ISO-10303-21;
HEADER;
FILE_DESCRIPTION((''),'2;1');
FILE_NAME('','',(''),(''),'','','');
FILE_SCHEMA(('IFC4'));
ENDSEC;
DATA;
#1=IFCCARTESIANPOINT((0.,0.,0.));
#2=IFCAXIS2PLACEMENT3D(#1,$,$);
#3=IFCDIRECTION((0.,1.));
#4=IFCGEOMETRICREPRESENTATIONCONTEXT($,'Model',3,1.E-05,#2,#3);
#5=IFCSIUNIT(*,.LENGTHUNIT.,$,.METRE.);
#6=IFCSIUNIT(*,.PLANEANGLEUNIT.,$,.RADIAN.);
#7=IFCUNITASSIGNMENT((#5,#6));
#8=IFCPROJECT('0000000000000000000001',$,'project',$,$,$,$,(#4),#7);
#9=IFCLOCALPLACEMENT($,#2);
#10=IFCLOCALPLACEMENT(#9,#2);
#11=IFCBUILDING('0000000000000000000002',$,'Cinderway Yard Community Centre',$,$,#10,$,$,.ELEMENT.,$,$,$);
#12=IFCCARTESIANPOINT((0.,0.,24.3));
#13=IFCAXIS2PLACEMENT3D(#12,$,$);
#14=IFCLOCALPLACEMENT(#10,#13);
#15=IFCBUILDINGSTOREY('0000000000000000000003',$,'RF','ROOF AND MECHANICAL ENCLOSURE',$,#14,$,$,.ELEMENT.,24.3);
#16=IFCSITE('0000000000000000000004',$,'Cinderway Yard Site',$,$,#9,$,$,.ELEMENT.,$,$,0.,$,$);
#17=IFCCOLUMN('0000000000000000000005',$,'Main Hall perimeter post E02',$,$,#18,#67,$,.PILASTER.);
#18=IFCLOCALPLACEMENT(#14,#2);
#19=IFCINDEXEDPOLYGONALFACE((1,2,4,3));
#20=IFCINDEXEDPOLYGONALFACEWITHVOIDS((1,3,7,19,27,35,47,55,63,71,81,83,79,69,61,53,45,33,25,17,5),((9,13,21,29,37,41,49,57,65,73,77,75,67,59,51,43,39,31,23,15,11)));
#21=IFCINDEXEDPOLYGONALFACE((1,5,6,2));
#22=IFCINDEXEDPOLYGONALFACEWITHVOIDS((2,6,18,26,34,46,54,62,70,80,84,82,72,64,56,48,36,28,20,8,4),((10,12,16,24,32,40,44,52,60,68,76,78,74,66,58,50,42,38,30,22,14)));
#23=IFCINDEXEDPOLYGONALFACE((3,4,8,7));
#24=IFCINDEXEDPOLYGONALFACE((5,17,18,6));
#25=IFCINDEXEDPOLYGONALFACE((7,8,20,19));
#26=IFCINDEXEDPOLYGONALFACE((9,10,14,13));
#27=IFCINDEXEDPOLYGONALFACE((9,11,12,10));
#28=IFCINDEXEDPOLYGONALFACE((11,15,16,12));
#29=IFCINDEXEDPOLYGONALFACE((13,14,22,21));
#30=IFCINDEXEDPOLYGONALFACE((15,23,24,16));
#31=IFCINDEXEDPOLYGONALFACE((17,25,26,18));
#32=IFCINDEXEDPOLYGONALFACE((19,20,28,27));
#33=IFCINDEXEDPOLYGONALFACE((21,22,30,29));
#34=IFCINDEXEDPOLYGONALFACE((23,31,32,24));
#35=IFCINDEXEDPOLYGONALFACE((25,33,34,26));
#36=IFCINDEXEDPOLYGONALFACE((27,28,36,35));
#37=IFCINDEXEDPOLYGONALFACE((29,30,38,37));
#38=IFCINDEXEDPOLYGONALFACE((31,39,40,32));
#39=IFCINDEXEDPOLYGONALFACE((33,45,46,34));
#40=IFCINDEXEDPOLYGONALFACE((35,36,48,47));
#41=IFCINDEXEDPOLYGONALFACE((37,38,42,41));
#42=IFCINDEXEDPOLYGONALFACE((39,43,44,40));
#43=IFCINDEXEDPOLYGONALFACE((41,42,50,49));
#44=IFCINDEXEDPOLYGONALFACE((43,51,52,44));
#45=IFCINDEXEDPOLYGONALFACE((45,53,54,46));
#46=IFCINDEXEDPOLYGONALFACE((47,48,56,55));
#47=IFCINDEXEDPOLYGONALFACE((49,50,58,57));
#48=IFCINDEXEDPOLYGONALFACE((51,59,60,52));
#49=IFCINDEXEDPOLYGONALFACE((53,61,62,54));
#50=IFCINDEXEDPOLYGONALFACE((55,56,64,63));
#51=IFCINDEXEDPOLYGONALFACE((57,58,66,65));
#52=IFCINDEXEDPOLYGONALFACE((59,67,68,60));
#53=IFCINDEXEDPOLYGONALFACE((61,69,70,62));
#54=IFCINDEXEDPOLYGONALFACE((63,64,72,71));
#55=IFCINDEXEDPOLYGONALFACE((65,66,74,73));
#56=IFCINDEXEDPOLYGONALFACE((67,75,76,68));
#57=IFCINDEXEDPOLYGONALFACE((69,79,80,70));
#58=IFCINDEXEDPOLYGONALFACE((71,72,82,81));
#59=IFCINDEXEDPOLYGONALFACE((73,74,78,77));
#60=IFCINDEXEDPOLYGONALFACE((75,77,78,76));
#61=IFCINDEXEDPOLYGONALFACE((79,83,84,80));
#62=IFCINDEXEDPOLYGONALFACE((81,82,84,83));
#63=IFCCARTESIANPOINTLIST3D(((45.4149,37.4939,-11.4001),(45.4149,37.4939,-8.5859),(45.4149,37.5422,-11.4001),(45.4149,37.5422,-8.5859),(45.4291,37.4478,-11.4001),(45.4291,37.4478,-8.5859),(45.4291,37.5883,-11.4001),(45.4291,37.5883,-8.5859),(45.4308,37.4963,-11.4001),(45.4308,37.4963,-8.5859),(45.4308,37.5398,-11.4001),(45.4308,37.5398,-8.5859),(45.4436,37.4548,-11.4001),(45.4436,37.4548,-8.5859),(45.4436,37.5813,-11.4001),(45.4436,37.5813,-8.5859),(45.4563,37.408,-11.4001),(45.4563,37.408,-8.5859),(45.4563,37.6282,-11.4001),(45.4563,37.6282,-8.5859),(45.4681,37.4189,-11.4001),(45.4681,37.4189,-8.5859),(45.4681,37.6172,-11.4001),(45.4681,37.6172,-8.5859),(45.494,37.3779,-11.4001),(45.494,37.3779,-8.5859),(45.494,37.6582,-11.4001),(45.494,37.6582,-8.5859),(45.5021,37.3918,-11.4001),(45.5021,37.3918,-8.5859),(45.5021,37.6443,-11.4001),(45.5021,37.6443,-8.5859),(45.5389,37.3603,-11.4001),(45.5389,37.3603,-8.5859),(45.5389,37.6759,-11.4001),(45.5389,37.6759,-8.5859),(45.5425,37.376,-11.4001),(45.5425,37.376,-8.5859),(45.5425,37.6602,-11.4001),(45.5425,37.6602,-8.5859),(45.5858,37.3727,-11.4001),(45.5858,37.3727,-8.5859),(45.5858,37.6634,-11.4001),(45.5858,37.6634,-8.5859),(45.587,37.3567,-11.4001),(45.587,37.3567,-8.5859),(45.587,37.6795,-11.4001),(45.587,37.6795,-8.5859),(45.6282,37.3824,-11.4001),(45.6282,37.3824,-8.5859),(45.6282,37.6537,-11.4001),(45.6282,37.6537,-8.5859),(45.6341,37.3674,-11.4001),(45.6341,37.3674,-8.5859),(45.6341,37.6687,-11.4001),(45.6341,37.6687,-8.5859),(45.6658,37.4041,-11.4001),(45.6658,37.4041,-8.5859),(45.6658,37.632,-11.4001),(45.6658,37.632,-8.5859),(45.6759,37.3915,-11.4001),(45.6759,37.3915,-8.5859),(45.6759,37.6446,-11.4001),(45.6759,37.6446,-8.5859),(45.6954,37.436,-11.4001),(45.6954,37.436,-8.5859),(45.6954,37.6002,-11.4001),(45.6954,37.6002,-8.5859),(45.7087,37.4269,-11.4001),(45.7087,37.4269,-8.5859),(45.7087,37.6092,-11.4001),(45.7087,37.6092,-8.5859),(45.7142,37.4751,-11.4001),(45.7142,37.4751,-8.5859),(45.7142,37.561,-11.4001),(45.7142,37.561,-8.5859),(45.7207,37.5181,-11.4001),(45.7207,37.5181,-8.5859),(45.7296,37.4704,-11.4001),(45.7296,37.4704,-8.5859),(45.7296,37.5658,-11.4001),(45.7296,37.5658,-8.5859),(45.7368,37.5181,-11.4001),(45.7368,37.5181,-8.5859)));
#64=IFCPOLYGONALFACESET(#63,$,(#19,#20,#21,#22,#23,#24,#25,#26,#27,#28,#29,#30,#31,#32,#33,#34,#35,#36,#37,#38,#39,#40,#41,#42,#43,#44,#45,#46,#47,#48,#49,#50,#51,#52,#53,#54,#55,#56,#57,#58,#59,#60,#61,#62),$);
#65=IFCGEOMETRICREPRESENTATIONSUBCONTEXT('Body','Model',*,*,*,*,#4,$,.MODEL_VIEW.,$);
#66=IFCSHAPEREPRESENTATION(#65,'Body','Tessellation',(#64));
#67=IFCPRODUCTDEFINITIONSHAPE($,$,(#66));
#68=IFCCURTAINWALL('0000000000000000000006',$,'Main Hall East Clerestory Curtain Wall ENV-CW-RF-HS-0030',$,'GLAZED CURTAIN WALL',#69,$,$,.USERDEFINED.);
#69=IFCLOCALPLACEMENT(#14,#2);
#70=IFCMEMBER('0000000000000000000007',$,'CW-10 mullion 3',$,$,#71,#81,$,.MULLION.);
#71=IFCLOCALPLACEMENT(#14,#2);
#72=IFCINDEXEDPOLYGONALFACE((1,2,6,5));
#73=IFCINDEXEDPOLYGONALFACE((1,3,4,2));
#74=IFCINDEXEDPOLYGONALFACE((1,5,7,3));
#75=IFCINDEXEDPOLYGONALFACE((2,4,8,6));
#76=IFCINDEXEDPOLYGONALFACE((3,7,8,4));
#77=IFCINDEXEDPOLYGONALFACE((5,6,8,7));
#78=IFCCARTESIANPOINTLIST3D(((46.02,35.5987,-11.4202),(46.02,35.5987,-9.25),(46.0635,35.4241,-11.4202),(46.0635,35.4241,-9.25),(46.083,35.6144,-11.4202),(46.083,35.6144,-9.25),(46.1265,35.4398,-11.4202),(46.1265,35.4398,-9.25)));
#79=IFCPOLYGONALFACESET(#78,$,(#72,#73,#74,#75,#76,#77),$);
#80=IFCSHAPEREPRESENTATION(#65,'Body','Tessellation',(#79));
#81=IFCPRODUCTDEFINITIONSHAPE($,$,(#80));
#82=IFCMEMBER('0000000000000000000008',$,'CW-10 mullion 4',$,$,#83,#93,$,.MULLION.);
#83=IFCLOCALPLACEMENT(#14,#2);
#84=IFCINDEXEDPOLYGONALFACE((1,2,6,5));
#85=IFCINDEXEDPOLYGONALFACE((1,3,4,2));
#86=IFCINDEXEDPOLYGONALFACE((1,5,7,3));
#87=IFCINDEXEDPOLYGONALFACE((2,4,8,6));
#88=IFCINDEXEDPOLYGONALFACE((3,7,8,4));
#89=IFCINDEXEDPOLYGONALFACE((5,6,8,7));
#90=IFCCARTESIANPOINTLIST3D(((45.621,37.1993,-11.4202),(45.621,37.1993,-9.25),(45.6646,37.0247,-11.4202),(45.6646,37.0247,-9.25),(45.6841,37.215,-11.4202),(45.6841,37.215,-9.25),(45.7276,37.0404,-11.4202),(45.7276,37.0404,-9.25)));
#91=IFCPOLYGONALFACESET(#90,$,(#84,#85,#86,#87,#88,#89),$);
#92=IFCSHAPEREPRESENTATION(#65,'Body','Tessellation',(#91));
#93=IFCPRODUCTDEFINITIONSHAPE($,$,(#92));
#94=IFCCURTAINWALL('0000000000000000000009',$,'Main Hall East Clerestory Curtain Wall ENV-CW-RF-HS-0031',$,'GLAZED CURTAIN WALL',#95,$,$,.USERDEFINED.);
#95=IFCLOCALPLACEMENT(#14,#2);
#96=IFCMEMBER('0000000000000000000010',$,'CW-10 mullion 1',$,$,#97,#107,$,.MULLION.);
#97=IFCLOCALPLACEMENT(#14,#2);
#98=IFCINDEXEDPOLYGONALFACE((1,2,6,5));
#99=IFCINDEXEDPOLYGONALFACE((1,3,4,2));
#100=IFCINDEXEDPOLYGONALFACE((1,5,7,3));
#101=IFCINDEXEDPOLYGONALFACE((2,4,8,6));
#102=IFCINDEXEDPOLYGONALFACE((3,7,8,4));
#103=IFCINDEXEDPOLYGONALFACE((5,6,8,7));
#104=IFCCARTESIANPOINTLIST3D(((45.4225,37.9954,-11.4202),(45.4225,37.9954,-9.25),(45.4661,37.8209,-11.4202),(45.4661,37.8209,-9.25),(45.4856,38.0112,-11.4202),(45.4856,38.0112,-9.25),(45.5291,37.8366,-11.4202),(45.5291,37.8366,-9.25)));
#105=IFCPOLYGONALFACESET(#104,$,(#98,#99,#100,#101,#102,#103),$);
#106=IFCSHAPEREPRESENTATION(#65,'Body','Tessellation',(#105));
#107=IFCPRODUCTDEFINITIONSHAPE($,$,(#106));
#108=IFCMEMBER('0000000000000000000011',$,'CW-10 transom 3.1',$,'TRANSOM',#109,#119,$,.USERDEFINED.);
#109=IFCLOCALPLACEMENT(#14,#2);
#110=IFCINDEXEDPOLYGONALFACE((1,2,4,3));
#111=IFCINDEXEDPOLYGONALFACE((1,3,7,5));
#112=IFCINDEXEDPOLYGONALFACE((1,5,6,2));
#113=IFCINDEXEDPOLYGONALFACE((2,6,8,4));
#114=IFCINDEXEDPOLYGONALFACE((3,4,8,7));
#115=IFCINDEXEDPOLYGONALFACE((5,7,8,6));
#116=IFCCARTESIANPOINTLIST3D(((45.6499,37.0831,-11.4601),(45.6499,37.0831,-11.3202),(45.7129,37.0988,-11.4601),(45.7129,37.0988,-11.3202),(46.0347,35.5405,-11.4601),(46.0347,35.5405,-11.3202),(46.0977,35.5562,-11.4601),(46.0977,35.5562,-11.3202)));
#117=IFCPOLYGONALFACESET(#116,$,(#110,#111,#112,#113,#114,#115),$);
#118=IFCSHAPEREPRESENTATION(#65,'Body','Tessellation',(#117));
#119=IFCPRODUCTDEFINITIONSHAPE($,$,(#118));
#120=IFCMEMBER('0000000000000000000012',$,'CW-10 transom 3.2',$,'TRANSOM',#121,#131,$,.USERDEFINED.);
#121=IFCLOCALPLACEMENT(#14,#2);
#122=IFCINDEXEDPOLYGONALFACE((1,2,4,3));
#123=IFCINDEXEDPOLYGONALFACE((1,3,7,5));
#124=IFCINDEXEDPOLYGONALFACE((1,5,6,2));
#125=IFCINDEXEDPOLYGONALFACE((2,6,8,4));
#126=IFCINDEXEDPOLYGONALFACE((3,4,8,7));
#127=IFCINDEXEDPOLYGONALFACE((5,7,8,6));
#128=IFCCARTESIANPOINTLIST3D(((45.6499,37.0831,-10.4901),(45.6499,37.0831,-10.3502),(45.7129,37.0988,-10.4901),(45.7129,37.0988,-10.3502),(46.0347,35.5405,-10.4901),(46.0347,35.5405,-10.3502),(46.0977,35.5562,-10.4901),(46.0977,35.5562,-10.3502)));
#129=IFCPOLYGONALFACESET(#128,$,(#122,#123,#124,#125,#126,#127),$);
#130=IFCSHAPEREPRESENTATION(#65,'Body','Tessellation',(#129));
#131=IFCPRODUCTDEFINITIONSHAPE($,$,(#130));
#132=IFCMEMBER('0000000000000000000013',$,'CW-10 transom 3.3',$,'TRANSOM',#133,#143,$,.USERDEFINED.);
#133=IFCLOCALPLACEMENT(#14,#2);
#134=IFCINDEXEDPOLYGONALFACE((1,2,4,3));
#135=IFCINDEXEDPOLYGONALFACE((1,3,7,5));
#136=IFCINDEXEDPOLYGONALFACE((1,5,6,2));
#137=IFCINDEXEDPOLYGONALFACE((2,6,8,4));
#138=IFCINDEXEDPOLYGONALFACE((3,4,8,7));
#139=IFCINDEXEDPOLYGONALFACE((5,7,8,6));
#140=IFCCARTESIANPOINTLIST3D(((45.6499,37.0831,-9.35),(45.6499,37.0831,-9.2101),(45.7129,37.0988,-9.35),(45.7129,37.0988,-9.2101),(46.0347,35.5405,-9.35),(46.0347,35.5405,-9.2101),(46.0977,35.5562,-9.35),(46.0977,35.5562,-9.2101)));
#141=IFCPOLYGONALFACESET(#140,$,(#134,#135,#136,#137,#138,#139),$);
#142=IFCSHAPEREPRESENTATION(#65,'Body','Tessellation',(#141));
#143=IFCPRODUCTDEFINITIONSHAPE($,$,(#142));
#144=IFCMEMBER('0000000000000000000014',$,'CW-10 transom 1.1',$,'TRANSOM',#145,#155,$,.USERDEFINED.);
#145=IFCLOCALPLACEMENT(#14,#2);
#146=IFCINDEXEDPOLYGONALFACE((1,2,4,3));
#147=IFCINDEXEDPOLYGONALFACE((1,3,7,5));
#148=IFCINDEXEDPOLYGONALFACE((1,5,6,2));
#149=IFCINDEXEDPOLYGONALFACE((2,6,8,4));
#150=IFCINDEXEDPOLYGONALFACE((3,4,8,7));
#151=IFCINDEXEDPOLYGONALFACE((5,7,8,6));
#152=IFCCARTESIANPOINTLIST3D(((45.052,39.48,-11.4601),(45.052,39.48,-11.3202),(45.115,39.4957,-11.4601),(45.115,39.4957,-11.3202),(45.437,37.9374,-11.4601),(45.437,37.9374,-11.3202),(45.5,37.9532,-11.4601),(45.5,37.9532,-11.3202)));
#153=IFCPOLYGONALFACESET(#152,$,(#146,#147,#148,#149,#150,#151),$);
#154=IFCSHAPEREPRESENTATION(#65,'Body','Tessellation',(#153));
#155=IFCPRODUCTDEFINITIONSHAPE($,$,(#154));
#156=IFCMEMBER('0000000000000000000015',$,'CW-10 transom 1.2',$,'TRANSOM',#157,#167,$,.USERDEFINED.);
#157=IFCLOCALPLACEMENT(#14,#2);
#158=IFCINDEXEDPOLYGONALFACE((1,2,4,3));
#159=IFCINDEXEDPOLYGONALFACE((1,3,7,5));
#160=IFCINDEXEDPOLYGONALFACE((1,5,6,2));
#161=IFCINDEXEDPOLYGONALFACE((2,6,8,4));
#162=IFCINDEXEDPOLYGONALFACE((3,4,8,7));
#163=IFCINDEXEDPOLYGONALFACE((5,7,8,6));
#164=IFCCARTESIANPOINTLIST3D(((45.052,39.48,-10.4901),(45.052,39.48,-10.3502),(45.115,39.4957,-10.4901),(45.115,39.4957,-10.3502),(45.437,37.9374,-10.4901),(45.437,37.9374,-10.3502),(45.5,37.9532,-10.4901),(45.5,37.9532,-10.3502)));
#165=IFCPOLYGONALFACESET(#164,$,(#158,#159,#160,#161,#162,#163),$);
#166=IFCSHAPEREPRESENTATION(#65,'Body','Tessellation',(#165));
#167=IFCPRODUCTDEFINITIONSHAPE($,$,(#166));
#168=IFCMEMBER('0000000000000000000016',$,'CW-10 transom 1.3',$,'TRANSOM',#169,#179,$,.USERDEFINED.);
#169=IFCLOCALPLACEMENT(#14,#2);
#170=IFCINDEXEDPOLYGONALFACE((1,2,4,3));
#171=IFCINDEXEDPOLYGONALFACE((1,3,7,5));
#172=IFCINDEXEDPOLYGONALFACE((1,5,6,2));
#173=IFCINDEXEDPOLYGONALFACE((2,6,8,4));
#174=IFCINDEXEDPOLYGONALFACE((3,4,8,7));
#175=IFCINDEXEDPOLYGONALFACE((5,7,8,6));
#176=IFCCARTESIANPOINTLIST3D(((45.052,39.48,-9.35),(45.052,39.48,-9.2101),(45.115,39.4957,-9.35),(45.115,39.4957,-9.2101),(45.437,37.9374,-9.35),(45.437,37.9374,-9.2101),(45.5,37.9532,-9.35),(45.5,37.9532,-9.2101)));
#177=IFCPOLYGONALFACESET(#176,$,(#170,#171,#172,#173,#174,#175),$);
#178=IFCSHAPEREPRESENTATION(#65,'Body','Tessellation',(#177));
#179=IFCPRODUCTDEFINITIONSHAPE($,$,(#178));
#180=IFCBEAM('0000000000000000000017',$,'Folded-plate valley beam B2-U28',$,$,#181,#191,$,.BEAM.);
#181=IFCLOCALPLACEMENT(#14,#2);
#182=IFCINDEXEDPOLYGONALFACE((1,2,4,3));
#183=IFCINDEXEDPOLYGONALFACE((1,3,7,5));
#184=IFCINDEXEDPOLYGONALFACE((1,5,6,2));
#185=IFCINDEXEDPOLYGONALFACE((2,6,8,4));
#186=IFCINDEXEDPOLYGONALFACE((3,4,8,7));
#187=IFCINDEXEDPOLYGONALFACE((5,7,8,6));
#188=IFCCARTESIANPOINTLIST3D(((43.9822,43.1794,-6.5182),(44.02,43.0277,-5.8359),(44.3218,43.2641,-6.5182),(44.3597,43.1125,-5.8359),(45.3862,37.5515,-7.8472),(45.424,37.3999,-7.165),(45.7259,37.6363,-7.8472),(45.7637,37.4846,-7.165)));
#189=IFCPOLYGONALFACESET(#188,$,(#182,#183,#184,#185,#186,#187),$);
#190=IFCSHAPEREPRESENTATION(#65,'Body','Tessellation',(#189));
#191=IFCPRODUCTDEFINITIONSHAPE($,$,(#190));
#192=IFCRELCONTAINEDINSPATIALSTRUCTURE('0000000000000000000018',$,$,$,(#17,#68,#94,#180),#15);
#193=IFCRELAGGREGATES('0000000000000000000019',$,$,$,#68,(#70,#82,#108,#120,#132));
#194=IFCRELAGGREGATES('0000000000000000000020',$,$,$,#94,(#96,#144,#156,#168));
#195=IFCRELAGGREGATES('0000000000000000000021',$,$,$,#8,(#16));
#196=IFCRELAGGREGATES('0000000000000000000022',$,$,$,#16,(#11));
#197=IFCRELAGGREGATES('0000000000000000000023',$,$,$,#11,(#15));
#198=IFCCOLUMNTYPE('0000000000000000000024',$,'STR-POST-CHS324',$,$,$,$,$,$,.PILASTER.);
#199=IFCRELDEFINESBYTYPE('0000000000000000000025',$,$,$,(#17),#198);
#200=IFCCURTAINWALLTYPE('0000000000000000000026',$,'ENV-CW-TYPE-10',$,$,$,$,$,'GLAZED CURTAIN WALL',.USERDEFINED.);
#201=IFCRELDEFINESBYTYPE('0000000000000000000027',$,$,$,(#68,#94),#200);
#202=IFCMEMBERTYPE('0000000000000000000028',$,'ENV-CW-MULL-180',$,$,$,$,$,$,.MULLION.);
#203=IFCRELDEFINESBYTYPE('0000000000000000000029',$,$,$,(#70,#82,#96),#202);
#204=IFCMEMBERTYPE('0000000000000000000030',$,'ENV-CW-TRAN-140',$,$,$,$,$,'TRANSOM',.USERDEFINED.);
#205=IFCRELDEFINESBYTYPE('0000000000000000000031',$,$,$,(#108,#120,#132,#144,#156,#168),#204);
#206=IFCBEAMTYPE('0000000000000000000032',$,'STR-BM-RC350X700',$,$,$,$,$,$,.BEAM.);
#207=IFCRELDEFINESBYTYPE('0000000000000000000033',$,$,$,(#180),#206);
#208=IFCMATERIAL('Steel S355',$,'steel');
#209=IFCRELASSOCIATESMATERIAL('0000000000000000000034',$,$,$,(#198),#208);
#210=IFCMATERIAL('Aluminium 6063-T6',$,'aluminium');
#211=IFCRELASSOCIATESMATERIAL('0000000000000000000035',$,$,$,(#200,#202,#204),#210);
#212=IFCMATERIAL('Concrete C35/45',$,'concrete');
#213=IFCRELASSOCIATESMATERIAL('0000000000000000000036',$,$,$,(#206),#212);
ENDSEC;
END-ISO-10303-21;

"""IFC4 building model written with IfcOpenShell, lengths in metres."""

from ifc_helpers import new_model, si_unit, direction, frame, origin, origin_2d, place, context, subcontext, project, spatial, rectangle, hollow_circle, extrude, material, material_profile, profile_set, type_object, element, aggregate, save


model = new_model("IFC4")

# Units and contexts
model_context = context("Model", 3, precision=1e-05, world=origin(), true_north=direction((0.0, 1.0)))
body_context = subcontext(model_context, "Body", "Model", "MODEL_VIEW")
ifc_project = project(units=[si_unit("LENGTHUNIT", "METRE"), si_unit("PLANEANGLEUNIT", "RADIAN")], contexts=[model_context])

# Site, building, storey
site_placement = place(None, origin())
site = spatial("IfcSite", under=ifc_project, at=site_placement, Name="Cinderway Yard Site", CompositionType="ELEMENT", RefElevation=0.0)
building_placement = place(site_placement, origin())
building = spatial("IfcBuilding", under=site, at=building_placement, Name="Cinderway Yard Community Centre", CompositionType="ELEMENT")
storey_placement = place(building_placement, frame((0.0, 0.0, 24.3)))
storey = spatial("IfcBuildingStorey", under=building, at=storey_placement, Name="RF", Description="ROOF AND MECHANICAL ENCLOSURE", CompositionType="ELEMENT", Elevation=24.3)

# Column
ifc_material_1 = material(Name="Steel S355", Category="steel")
ifc_material_profile_1 = material_profile(ifc_material_1, hollow_circle(Radius=0.1619, WallThickness=0.0161, at=origin_2d()), Name="Steel S355")
ifc_profile_set_1 = profile_set([ifc_material_profile_1], Name="Steel S355")
column_type = type_object("IfcColumnType", Name="STR-POST-CHS324", PredefinedType="PILASTER", material=ifc_profile_set_1)
column_placement = place(storey_placement, frame((45.575, 37.5181, -11.4001), z_axis=(0.0, 0.0, 1.0), x_axis=(1.0, 0.0, 0.0)))
element("IfcColumn", 1, at=column_placement, inside=storey, type_object=column_type, Name="Main Hall perimeter post E02", PredefinedType="PILASTER", context=body_context, shape_type="SweptSolid", body=[
    extrude(hollow_circle(Radius=0.1619, WallThickness=0.0161, at=origin_2d()), origin(), (0.0, 0.0, 1.0), 2.8142),
])

# Curtain wall, members
ifc_material_2 = material(Name="Aluminium 6063-T6", Category="aluminium")
curtain_wall_type = type_object("IfcCurtainWallType", Name="ENV-CW-TYPE-10", ElementType="GLAZED CURTAIN WALL", PredefinedType="USERDEFINED", material=ifc_material_2)
curtain_wall_1_placement = place(storey_placement, origin())
curtain_wall_1 = element("IfcCurtainWall", 2, at=curtain_wall_1_placement, inside=storey, type_object=curtain_wall_type, Name="Main Hall East Clerestory Curtain Wall ENV-CW-RF-HS-0030", ObjectType="GLAZED CURTAIN WALL", PredefinedType="USERDEFINED")
ifc_material_profile_2 = material_profile(ifc_material_2, rectangle(XDim=0.0649, YDim=0.1799, at=origin_2d()), Name="Aluminium 6063-T6")
ifc_profile_set_2 = profile_set([ifc_material_profile_2], Name="Aluminium 6063-T6")
member_type_1 = type_object("IfcMemberType", Name="ENV-CW-MULL-180", PredefinedType="MULLION", material=ifc_profile_set_2)
member_1_placement = place(storey_placement, frame((46.0732, 35.5193, -11.4202), z_axis=(0.0, 0.0, 1.0), x_axis=(-0.970294, -0.241929, 0.0)))
member_1 = element("IfcMember", 3, at=member_1_placement, type_object=member_type_1, Name="CW-10 mullion 3", PredefinedType="MULLION", context=body_context, shape_type="SweptSolid", body=[
    extrude(rectangle(XDim=0.0649, YDim=0.1799, at=origin_2d()), origin(), (0.0, 0.0, 1.0), 2.1702),
])
member_2_placement = place(storey_placement, frame((45.6743, 37.1199, -11.4202), z_axis=(0.0, 0.0, 1.0), x_axis=(-0.970294, -0.241929, 0.0)))
member_2 = element("IfcMember", 4, at=member_2_placement, type_object=member_type_1, Name="CW-10 mullion 4", PredefinedType="MULLION", context=body_context, shape_type="SweptSolid", body=[
    extrude(rectangle(XDim=0.0649, YDim=0.1799, at=origin_2d()), origin(), (0.0, 0.0, 1.0), 2.1702),
])

# Curtain wall, member
curtain_wall_2_placement = place(storey_placement, origin())
curtain_wall_2 = element("IfcCurtainWall", 5, at=curtain_wall_2_placement, inside=storey, type_object=curtain_wall_type, Name="Main Hall East Clerestory Curtain Wall ENV-CW-RF-HS-0031", ObjectType="GLAZED CURTAIN WALL", PredefinedType="USERDEFINED")
member_3_placement = place(storey_placement, frame((45.4758, 37.916, -11.4202), z_axis=(0.0, 0.0, 1.0), x_axis=(-0.970259, -0.242069, 0.0)))
member_3 = element("IfcMember", 6, at=member_3_placement, type_object=member_type_1, Name="CW-10 mullion 1", PredefinedType="MULLION", context=body_context, shape_type="SweptSolid", body=[
    extrude(rectangle(XDim=0.0649, YDim=0.1799, at=origin_2d()), origin(), (0.0, 0.0, 1.0), 2.1702),
])

# Members
ifc_material_profile_3 = material_profile(ifc_material_2, rectangle(XDim=0.0649, YDim=0.1399, at=origin_2d()), Name="Aluminium 6063-T6")
ifc_profile_set_3 = profile_set([ifc_material_profile_3], Name="Aluminium 6063-T6")
member_type_2 = type_object("IfcMemberType", Name="ENV-CW-TRAN-140", ElementType="TRANSOM", PredefinedType="USERDEFINED", material=ifc_profile_set_3)
member_4_placement = place(storey_placement, frame((46.0662, 35.5483, -11.3901), z_axis=(-0.24203, 0.970269, 0.0), x_axis=(-0.970269, -0.24203, 0.0)))
member_4 = element("IfcMember", 7, at=member_4_placement, type_object=member_type_2, Name="CW-10 transom 3.1", ObjectType="TRANSOM", PredefinedType="USERDEFINED", context=body_context, shape_type="SweptSolid", body=[
    extrude(rectangle(XDim=0.0649, YDim=0.1399, at=origin_2d()), origin(), (0.0, 0.0, 1.0), 1.5898),
])
member_5_placement = place(storey_placement, frame((46.0662, 35.5483, -10.4202), z_axis=(-0.24203, 0.970269, 0.0), x_axis=(-0.970269, -0.24203, 0.0)))
member_5 = element("IfcMember", 8, at=member_5_placement, type_object=member_type_2, Name="CW-10 transom 3.2", ObjectType="TRANSOM", PredefinedType="USERDEFINED", context=body_context, shape_type="SweptSolid", body=[
    extrude(rectangle(XDim=0.0649, YDim=0.1399, at=origin_2d()), origin(), (0.0, 0.0, 1.0), 1.5898),
])
member_6_placement = place(storey_placement, frame((46.0662, 35.5483, -9.28), z_axis=(-0.24203, 0.970269, 0.0), x_axis=(-0.970269, -0.24203, 0.0)))
member_6 = element("IfcMember", 9, at=member_6_placement, type_object=member_type_2, Name="CW-10 transom 3.3", ObjectType="TRANSOM", PredefinedType="USERDEFINED", context=body_context, shape_type="SweptSolid", body=[
    extrude(rectangle(XDim=0.0649, YDim=0.1399, at=origin_2d()), origin(), (0.0, 0.0, 1.0), 1.5898),
])
member_7_placement = place(storey_placement, frame((45.4685, 37.9453, -11.3901), z_axis=(-0.242174, 0.970233, 0.0), x_axis=(-0.970233, -0.242174, 0.0)))
member_7 = element("IfcMember", 10, at=member_7_placement, type_object=member_type_2, Name="CW-10 transom 1.1", ObjectType="TRANSOM", PredefinedType="USERDEFINED", context=body_context, shape_type="SweptSolid", body=[
    extrude(rectangle(XDim=0.0649, YDim=0.1399, at=origin_2d()), origin(), (0.0, 0.0, 1.0), 1.5898),
])
member_8_placement = place(storey_placement, frame((45.4685, 37.9453, -10.4202), z_axis=(-0.242174, 0.970233, 0.0), x_axis=(-0.970233, -0.242174, 0.0)))
member_8 = element("IfcMember", 11, at=member_8_placement, type_object=member_type_2, Name="CW-10 transom 1.2", ObjectType="TRANSOM", PredefinedType="USERDEFINED", context=body_context, shape_type="SweptSolid", body=[
    extrude(rectangle(XDim=0.0649, YDim=0.1399, at=origin_2d()), origin(), (0.0, 0.0, 1.0), 1.5898),
])
member_9_placement = place(storey_placement, frame((45.4685, 37.9453, -9.28), z_axis=(-0.242174, 0.970233, 0.0), x_axis=(-0.970233, -0.242174, 0.0)))
member_9 = element("IfcMember", 12, at=member_9_placement, type_object=member_type_2, Name="CW-10 transom 1.3", ObjectType="TRANSOM", PredefinedType="USERDEFINED", context=body_context, shape_type="SweptSolid", body=[
    extrude(rectangle(XDim=0.0649, YDim=0.1399, at=origin_2d()), origin(), (0.0, 0.0, 1.0), 1.5898),
])

# Beam
ifc_material_3 = material(Name="Concrete C35/45", Category="concrete")
ifc_material_profile_4 = material_profile(ifc_material_3, rectangle(XDim=0.3501, YDim=0.7, at=origin_2d()), Name="Concrete C35/45")
ifc_profile_set_4 = profile_set([ifc_material_profile_4], Name="Concrete C35/45")
beam_type_1 = type_object("IfcBeamType", Name="STR-BM-RC350X700", PredefinedType="BEAM", material=ifc_profile_set_4)
beam_1_placement = place(storey_placement, frame((45.575, 37.5181, -7.5061), z_axis=(-0.235945, 0.945751, 0.22335), x_axis=(-0.970261, -0.24206, 0.0)))
element("IfcBeam", 13, at=beam_1_placement, inside=storey, type_object=beam_type_1, Name="Folded-plate valley beam B2-U28", PredefinedType="BEAM", context=body_context, shape_type="SweptSolid", body=[
    extrude(rectangle(XDim=0.3501, YDim=0.7, at=origin_2d()), origin(), (0.0, 0.0, 1.0), 5.9507),
])

aggregate(curtain_wall_1, [member_1, member_2, member_4, member_5, member_6])
aggregate(curtain_wall_2, [member_3, member_7, member_8, member_9])

save(model, "model.ifc")
